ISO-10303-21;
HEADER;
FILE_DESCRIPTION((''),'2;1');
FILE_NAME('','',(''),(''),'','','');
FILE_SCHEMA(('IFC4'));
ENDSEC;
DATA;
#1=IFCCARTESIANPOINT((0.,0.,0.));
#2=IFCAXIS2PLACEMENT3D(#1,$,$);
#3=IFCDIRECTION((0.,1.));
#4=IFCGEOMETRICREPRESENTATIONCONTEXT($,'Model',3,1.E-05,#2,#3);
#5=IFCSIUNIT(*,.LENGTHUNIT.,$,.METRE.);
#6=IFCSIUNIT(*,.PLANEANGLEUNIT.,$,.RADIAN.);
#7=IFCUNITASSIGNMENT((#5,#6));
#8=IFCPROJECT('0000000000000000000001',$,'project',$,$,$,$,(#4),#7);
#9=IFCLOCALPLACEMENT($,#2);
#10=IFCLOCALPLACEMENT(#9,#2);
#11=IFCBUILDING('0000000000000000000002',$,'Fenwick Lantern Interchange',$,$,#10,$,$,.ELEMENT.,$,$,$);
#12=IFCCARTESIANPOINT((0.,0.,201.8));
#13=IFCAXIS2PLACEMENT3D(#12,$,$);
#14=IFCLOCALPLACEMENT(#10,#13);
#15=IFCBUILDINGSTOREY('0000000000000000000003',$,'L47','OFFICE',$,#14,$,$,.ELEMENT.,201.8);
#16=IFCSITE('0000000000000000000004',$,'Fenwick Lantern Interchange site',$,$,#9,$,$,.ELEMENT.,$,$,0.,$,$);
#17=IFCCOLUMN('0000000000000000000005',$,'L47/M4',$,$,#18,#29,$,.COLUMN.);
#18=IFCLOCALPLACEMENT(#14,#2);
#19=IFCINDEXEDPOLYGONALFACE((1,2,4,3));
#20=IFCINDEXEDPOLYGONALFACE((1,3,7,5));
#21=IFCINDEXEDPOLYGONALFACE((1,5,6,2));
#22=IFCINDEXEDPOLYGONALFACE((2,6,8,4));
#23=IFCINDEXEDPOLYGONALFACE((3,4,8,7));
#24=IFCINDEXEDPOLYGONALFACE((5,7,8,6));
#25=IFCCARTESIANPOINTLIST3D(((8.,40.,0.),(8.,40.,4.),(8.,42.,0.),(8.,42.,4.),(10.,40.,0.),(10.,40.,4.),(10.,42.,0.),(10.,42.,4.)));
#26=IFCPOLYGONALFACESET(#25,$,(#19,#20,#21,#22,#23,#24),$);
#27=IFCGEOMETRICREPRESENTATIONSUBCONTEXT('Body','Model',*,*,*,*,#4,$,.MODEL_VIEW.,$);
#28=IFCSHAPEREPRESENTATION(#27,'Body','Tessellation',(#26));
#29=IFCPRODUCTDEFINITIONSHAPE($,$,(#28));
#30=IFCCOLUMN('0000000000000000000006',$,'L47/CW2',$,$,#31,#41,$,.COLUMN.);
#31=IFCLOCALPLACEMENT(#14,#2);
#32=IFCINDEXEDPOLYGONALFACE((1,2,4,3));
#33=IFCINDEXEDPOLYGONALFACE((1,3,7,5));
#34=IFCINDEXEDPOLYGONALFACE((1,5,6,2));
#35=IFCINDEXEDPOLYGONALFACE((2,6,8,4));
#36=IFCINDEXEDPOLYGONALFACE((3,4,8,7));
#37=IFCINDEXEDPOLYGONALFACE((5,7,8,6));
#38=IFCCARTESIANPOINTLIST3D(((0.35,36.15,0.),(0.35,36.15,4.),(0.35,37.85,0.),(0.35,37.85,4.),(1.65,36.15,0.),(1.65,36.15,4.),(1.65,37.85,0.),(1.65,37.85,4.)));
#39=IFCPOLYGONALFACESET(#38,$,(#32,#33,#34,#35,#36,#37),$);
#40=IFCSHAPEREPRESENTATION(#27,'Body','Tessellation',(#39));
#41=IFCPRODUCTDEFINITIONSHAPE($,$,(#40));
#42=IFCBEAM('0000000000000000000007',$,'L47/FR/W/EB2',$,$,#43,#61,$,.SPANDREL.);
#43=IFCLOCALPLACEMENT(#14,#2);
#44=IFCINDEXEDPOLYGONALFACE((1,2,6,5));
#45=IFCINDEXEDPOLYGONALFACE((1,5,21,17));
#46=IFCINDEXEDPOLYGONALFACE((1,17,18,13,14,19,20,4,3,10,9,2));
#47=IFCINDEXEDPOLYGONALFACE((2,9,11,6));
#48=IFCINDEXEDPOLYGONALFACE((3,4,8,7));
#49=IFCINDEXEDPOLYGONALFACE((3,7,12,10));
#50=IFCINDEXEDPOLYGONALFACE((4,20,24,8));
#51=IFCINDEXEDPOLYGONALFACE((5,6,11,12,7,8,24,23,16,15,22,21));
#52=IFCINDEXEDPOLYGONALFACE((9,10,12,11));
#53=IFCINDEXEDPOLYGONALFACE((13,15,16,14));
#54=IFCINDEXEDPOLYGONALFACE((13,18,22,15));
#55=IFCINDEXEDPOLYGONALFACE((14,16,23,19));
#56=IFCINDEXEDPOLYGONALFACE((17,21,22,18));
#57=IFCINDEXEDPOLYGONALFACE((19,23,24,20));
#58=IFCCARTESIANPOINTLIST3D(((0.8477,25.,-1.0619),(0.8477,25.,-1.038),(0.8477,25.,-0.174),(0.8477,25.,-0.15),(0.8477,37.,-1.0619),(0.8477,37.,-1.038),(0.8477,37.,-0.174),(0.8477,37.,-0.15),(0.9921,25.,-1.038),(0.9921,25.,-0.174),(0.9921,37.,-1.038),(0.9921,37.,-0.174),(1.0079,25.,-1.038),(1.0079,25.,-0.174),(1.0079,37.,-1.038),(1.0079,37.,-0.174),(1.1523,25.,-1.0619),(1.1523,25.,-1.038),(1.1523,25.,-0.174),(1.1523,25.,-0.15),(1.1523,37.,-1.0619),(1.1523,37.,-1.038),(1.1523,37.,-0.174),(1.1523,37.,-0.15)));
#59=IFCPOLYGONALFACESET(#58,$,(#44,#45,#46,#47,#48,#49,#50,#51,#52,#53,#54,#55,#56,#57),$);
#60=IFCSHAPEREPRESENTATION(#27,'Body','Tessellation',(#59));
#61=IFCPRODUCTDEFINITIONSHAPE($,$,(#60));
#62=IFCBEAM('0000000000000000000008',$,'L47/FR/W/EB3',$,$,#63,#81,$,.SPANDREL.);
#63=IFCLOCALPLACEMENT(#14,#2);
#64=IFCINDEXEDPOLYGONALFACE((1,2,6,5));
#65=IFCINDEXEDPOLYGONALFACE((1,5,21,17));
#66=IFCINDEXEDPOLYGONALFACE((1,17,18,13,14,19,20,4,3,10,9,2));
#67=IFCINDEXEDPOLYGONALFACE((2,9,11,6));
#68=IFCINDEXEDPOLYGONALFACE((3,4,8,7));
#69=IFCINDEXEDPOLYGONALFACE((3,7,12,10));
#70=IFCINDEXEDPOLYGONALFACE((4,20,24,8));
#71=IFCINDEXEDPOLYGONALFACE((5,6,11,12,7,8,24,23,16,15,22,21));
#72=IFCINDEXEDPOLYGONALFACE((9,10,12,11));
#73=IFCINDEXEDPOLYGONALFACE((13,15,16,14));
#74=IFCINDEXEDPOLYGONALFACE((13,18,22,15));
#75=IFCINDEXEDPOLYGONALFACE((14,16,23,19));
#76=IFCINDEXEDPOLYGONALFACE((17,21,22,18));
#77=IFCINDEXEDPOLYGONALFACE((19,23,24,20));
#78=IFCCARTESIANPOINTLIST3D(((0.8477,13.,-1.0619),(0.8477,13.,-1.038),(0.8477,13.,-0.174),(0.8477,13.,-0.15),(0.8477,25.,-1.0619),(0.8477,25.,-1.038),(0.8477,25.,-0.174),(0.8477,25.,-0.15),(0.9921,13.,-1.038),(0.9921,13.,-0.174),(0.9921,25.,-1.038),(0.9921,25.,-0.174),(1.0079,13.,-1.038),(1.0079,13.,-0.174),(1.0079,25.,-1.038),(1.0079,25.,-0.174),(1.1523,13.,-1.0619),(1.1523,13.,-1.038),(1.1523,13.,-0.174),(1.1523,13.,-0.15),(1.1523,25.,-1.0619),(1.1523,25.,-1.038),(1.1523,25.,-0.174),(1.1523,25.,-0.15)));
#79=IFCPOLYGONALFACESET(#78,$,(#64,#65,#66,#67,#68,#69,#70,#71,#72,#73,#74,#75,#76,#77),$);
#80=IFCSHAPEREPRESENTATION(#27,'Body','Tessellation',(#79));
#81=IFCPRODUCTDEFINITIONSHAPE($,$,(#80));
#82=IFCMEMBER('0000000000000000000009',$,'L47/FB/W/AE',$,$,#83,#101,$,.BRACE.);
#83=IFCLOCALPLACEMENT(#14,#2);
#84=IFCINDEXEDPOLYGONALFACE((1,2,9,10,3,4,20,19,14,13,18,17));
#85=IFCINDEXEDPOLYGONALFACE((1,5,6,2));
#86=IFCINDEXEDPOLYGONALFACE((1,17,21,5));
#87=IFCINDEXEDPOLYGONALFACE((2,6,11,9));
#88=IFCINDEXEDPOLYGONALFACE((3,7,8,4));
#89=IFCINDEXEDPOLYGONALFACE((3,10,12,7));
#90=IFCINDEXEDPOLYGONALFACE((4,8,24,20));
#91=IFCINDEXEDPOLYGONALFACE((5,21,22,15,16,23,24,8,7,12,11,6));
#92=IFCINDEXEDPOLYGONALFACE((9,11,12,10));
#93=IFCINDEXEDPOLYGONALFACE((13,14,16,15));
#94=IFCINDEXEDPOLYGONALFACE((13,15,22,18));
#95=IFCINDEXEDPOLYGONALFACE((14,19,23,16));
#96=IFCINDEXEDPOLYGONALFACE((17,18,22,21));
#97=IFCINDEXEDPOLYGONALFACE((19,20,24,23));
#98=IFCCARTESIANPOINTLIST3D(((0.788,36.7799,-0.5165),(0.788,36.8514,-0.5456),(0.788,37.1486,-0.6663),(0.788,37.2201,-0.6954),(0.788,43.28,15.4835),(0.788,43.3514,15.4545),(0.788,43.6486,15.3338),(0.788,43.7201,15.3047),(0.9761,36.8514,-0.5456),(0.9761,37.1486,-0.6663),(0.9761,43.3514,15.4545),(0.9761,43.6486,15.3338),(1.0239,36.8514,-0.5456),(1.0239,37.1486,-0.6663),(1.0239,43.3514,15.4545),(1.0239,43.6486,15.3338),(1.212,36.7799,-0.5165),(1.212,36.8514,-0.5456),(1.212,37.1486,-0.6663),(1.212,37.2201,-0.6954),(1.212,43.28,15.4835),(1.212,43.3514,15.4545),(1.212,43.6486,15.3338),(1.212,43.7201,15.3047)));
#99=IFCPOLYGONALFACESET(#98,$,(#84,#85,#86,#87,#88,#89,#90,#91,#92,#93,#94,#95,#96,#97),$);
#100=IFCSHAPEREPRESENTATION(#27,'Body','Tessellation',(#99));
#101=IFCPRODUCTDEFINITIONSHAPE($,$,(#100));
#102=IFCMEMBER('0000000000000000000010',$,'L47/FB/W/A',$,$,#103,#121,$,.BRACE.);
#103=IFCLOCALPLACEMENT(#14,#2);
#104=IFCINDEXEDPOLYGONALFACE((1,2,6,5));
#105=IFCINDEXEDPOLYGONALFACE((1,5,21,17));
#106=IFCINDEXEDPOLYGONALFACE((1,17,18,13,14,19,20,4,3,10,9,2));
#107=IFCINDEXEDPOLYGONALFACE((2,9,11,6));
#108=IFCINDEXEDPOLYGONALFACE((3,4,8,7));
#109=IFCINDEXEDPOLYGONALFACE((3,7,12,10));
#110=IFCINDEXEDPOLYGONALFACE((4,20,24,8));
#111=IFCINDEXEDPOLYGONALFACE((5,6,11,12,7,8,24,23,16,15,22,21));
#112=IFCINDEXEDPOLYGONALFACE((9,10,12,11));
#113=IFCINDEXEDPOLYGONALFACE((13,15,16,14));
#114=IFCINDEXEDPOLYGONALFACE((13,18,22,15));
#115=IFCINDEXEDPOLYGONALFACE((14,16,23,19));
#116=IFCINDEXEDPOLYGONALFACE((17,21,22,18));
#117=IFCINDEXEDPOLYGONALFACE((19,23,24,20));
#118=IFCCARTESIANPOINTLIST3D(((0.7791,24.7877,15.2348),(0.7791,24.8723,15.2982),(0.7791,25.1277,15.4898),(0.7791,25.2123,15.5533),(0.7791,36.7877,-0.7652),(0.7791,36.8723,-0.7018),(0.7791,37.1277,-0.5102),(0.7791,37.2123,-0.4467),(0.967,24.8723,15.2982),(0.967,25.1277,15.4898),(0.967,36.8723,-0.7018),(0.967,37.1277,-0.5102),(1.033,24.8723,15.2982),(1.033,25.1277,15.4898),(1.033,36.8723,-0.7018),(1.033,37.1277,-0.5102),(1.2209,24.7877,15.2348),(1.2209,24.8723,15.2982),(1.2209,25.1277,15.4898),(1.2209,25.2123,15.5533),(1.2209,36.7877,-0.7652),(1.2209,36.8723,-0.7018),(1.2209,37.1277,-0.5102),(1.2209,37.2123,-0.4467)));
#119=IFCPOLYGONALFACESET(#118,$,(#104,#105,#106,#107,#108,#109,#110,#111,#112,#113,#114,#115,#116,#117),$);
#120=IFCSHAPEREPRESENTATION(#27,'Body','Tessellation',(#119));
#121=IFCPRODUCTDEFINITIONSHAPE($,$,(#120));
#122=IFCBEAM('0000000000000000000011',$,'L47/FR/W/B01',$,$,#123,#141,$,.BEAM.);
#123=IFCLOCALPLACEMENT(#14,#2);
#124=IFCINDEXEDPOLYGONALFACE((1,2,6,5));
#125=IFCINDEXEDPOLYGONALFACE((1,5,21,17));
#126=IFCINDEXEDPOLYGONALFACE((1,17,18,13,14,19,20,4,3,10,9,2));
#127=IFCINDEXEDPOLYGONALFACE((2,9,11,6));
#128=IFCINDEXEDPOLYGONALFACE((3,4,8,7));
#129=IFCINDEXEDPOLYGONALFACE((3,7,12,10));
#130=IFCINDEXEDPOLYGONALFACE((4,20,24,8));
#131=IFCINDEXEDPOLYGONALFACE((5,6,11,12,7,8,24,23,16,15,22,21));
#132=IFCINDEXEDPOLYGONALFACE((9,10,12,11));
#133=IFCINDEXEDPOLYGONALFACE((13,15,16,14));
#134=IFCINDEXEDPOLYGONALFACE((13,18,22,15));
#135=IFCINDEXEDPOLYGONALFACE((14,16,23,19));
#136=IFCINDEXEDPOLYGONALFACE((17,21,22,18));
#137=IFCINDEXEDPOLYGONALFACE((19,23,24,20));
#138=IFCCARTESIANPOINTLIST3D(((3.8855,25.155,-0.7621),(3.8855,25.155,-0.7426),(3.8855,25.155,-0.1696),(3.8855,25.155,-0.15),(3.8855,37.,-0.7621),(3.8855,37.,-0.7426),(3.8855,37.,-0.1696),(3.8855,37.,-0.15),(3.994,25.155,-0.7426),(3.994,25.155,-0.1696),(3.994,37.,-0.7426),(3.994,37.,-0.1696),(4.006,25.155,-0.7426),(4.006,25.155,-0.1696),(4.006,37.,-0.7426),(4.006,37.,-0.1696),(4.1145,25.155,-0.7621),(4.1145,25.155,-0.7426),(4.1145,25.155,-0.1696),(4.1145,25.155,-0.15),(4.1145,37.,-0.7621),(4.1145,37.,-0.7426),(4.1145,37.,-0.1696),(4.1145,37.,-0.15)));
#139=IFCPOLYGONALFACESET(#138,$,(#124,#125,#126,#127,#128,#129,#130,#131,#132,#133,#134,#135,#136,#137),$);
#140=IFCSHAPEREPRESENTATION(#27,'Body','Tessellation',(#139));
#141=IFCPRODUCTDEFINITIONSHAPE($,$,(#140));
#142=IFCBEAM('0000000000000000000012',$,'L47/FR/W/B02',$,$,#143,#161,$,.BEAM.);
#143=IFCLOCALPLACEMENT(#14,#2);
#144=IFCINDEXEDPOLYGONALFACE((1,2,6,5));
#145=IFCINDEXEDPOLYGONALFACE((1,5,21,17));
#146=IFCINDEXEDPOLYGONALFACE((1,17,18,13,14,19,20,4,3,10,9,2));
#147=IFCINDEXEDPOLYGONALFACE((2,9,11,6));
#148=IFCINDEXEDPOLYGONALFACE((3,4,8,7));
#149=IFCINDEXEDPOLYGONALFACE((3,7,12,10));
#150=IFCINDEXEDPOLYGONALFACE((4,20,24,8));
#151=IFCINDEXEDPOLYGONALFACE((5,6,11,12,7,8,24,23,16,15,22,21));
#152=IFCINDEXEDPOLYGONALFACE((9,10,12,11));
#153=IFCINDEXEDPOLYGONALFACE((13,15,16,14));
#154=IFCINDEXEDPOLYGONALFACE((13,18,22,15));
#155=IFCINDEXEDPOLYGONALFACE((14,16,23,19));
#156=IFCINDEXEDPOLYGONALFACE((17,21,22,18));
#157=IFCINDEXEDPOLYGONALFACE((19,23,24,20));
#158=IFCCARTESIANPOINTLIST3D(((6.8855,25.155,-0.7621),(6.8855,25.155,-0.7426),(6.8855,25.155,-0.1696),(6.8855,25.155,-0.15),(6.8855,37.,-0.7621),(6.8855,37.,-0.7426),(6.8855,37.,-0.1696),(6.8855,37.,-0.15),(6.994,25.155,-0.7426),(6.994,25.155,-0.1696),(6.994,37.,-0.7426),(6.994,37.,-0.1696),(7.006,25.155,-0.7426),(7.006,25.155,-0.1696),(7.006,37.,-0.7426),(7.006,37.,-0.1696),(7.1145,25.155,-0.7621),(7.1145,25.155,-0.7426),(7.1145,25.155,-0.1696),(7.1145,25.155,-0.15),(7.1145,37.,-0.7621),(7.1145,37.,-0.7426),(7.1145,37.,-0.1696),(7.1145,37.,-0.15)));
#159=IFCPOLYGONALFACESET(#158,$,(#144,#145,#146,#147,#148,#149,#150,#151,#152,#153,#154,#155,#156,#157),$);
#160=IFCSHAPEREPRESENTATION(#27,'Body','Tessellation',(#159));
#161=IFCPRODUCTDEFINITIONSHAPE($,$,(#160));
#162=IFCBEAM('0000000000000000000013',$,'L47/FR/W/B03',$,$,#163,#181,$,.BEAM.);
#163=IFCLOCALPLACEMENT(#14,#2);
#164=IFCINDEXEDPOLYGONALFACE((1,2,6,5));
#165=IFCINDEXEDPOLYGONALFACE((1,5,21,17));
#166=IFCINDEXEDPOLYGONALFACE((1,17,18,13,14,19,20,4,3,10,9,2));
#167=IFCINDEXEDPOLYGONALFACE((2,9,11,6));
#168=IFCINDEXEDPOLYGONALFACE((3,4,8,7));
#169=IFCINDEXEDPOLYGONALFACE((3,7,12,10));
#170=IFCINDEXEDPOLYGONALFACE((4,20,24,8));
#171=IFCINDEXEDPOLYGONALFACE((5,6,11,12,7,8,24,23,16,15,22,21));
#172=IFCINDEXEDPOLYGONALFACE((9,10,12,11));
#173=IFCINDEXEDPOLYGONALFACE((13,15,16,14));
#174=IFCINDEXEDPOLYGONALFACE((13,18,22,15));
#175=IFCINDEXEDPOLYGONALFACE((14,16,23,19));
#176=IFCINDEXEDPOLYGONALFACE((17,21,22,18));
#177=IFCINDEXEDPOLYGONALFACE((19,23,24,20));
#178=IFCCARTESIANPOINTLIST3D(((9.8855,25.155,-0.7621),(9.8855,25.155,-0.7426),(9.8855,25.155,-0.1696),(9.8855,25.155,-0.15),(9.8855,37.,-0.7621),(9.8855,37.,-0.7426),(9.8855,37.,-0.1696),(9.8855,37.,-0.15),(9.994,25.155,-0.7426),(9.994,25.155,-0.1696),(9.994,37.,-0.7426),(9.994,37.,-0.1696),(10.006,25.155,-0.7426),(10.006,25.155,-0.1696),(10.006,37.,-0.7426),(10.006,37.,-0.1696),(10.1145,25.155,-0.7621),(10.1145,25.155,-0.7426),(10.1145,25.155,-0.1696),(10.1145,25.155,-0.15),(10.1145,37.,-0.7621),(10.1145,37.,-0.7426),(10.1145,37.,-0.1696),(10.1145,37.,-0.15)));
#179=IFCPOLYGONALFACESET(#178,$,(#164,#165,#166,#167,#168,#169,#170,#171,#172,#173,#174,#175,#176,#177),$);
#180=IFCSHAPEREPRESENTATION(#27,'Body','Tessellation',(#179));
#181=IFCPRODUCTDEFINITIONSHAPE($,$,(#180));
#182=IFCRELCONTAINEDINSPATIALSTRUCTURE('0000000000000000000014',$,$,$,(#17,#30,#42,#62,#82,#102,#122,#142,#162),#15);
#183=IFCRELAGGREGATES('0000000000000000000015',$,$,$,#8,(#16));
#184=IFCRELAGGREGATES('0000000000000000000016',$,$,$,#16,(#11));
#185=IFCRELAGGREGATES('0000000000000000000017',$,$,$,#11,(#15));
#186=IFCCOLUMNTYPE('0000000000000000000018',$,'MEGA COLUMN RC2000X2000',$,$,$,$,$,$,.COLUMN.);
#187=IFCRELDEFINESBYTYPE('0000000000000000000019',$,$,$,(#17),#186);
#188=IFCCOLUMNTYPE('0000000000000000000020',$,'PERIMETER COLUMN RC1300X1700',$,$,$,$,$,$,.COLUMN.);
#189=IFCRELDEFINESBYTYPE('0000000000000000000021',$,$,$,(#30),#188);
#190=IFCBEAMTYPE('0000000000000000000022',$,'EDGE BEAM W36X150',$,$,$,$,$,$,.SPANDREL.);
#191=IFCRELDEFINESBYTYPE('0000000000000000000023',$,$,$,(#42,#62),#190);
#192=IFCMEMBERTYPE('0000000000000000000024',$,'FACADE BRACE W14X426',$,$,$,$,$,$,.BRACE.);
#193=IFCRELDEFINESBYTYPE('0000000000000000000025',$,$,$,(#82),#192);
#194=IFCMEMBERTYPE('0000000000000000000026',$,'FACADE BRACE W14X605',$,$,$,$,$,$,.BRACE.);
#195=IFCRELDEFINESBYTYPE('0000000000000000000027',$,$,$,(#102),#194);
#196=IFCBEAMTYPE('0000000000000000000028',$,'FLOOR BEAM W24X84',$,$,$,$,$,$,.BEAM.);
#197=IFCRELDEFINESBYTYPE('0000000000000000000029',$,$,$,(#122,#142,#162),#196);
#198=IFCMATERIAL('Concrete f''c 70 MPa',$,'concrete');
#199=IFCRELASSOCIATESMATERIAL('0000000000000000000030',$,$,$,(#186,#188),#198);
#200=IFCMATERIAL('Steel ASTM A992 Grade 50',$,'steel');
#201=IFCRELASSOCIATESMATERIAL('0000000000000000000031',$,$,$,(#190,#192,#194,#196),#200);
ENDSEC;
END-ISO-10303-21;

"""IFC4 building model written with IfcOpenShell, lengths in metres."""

from ifc_helpers import new_model, si_unit, direction, frame, origin, origin_2d, place, context, subcontext, project, spatial, rectangle, i_section, extrude, material, material_profile, profile_set, type_object, element, save


model = new_model("IFC4")

# Units and contexts
model_context = context("Model", 3, precision=1e-05, world=origin(), true_north=direction((0.0, 1.0)))
body_context = subcontext(model_context, "Body", "Model", "MODEL_VIEW")
ifc_project = project(units=[si_unit("LENGTHUNIT", "METRE"), si_unit("PLANEANGLEUNIT", "RADIAN")], contexts=[model_context])

# Site, building, storey
site_placement = place(None, origin())
site = spatial("IfcSite", under=ifc_project, at=site_placement, Name="Fenwick Lantern Interchange site", CompositionType="ELEMENT", RefElevation=0.0)
building_placement = place(site_placement, origin())
building = spatial("IfcBuilding", under=site, at=building_placement, Name="Fenwick Lantern Interchange", CompositionType="ELEMENT")
storey_placement = place(building_placement, frame((0.0, 0.0, 201.8)))
storey = spatial("IfcBuildingStorey", under=building, at=storey_placement, Name="L47", Description="OFFICE", CompositionType="ELEMENT", Elevation=201.8)

# Columns
ifc_material_1 = material(Name="Concrete f'c 70 MPa", Category="concrete")
ifc_material_profile_1 = material_profile(ifc_material_1, rectangle(XDim=2.0, YDim=2.0, at=origin_2d()), Name="RC2000X2000")
ifc_profile_set_1 = profile_set([ifc_material_profile_1], Name="Concrete f'c 70 MPa")
column_type_1 = type_object("IfcColumnType", Name="MEGA COLUMN RC2000X2000", PredefinedType="COLUMN", material=ifc_profile_set_1)
column_1_placement = place(storey_placement, frame((9.0, 41.0, 0.0), z_axis=(0.0, 0.0, 1.0), x_axis=(1.0, 0.0, 0.0)))
element("IfcColumn", 1, at=column_1_placement, inside=storey, type_object=column_type_1, Name="L47/M4", PredefinedType="COLUMN", context=body_context, shape_type="SweptSolid", body=[
    extrude(rectangle(XDim=2.0, YDim=2.0, at=origin_2d()), origin(), (0.0, 0.0, 1.0), 4.0),
])
ifc_material_profile_2 = material_profile(ifc_material_1, rectangle(XDim=1.3, YDim=1.7, at=origin_2d()), Name="RC1300X1700")
ifc_profile_set_2 = profile_set([ifc_material_profile_2], Name="Concrete f'c 70 MPa")
column_type_2 = type_object("IfcColumnType", Name="PERIMETER COLUMN RC1300X1700", PredefinedType="COLUMN", material=ifc_profile_set_2)
column_2_placement = place(storey_placement, frame((1.0, 37.0, 0.0), z_axis=(0.0, 0.0, 1.0), x_axis=(1.0, 0.0, 0.0)))
element("IfcColumn", 2, at=column_2_placement, inside=storey, type_object=column_type_2, Name="L47/CW2", PredefinedType="COLUMN", context=body_context, shape_type="SweptSolid", body=[
    extrude(rectangle(XDim=1.3, YDim=1.7, at=origin_2d()), origin(), (0.0, 0.0, 1.0), 4.0),
])

# Beams
ifc_material_2 = material(Name="Steel ASTM A992 Grade 50", Category="steel")
ifc_material_profile_3 = material_profile(ifc_material_2, i_section(OverallWidth=0.3047, OverallDepth=0.9119, WebThickness=0.0159, FlangeThickness=0.0239, at=origin_2d()), Name="W36X150")
ifc_profile_set_3 = profile_set([ifc_material_profile_3], Name="Steel ASTM A992 Grade 50")
beam_type_1 = type_object("IfcBeamType", Name="EDGE BEAM W36X150", PredefinedType="SPANDREL", material=ifc_profile_set_3)
for number, where, z_axis, x_axis, name in (
    (3, (1.0, 37.0, -0.606), (0.0, -1.0, 0.0), (1.0, 0.0, 0.0), "L47/FR/W/EB2"),
    (4, (1.0, 25.0, -0.606), (0.0, -1.0, 0.0), (1.0, 0.0, 0.0), "L47/FR/W/EB3"),
):
    element("IfcBeam", number, at=place(storey_placement, frame(where, z_axis=z_axis, x_axis=x_axis)), inside=storey, type_object=beam_type_1, Name=name, PredefinedType="SPANDREL", context=body_context, shape_type="SweptSolid", body=[
        extrude(i_section(OverallWidth=0.3047, OverallDepth=0.9119, WebThickness=0.0159, FlangeThickness=0.0239, at=origin_2d()), origin(), (0.0, 0.0, 1.0), 12.0),
    ])

# Members
ifc_material_profile_4 = material_profile(ifc_material_2, i_section(OverallWidth=0.4241, OverallDepth=0.4751, WebThickness=0.0479, FlangeThickness=0.0771, at=origin_2d()), Name="W14X426")
ifc_profile_set_4 = profile_set([ifc_material_profile_4], Name="Steel ASTM A992 Grade 50")
member_type_1 = type_object("IfcMemberType", Name="FACADE BRACE W14X426", PredefinedType="BRACE", material=ifc_profile_set_4)
member_1_placement = place(storey_placement, frame((1.0, 37.0, -0.606), z_axis=(0.0, 0.376377, 0.926467), x_axis=(-1.0, 0.0, 0.0)))
element("IfcMember", 5, at=member_1_placement, inside=storey, type_object=member_type_1, Name="L47/FB/W/AE", PredefinedType="BRACE", context=body_context, shape_type="SweptSolid", body=[
    extrude(i_section(OverallWidth=0.4241, OverallDepth=0.4751, WebThickness=0.0479, FlangeThickness=0.0771, at=origin_2d()), origin(), (0.0, 0.0, 1.0), 17.27),
])
ifc_material_profile_5 = material_profile(ifc_material_2, i_section(OverallWidth=0.4419, OverallDepth=0.5308, WebThickness=0.0659, FlangeThickness=0.1057, at=origin_2d()), Name="W14X605")
ifc_profile_set_5 = profile_set([ifc_material_profile_5], Name="Steel ASTM A992 Grade 50")
member_type_2 = type_object("IfcMemberType", Name="FACADE BRACE W14X605", PredefinedType="BRACE", material=ifc_profile_set_5)
member_2_placement = place(storey_placement, frame((1.0, 37.0, -0.606), z_axis=(0.0, -0.6, 0.8), x_axis=(1.0, 0.0, 0.0)))
element("IfcMember", 6, at=member_2_placement, inside=storey, type_object=member_type_2, Name="L47/FB/W/A", PredefinedType="BRACE", context=body_context, shape_type="SweptSolid", body=[
    extrude(i_section(OverallWidth=0.4419, OverallDepth=0.5308, WebThickness=0.0659, FlangeThickness=0.1057, at=origin_2d()), origin(), (0.0, 0.0, 1.0), 20.0),
])

# Beams
ifc_material_profile_6 = material_profile(ifc_material_2, i_section(OverallWidth=0.229, OverallDepth=0.6121, WebThickness=0.012, FlangeThickness=0.0195, at=origin_2d()), Name="W24X84")
ifc_profile_set_6 = profile_set([ifc_material_profile_6], Name="Steel ASTM A992 Grade 50")
beam_type_2 = type_object("IfcBeamType", Name="FLOOR BEAM W24X84", PredefinedType="BEAM", material=ifc_profile_set_6)
for number, where, z_axis, x_axis, name in (
    (7, (4.0, 37.0, -0.4561), (0.0, -1.0, 0.0), (1.0, 0.0, 0.0), "L47/FR/W/B01"),
    (8, (7.0, 37.0, -0.4561), (0.0, -1.0, 0.0), (1.0, 0.0, 0.0), "L47/FR/W/B02"),
    (9, (10.0, 37.0, -0.4561), (0.0, -1.0, 0.0), (1.0, 0.0, 0.0), "L47/FR/W/B03"),
):
    element("IfcBeam", number, at=place(storey_placement, frame(where, z_axis=z_axis, x_axis=x_axis)), inside=storey, type_object=beam_type_2, Name=name, PredefinedType="BEAM", context=body_context, shape_type="SweptSolid", body=[
        extrude(i_section(OverallWidth=0.229, OverallDepth=0.6121, WebThickness=0.012, FlangeThickness=0.0195, at=origin_2d()), origin(), (0.0, 0.0, 1.0), 11.845),
    ])

save(model, "model.ifc")
